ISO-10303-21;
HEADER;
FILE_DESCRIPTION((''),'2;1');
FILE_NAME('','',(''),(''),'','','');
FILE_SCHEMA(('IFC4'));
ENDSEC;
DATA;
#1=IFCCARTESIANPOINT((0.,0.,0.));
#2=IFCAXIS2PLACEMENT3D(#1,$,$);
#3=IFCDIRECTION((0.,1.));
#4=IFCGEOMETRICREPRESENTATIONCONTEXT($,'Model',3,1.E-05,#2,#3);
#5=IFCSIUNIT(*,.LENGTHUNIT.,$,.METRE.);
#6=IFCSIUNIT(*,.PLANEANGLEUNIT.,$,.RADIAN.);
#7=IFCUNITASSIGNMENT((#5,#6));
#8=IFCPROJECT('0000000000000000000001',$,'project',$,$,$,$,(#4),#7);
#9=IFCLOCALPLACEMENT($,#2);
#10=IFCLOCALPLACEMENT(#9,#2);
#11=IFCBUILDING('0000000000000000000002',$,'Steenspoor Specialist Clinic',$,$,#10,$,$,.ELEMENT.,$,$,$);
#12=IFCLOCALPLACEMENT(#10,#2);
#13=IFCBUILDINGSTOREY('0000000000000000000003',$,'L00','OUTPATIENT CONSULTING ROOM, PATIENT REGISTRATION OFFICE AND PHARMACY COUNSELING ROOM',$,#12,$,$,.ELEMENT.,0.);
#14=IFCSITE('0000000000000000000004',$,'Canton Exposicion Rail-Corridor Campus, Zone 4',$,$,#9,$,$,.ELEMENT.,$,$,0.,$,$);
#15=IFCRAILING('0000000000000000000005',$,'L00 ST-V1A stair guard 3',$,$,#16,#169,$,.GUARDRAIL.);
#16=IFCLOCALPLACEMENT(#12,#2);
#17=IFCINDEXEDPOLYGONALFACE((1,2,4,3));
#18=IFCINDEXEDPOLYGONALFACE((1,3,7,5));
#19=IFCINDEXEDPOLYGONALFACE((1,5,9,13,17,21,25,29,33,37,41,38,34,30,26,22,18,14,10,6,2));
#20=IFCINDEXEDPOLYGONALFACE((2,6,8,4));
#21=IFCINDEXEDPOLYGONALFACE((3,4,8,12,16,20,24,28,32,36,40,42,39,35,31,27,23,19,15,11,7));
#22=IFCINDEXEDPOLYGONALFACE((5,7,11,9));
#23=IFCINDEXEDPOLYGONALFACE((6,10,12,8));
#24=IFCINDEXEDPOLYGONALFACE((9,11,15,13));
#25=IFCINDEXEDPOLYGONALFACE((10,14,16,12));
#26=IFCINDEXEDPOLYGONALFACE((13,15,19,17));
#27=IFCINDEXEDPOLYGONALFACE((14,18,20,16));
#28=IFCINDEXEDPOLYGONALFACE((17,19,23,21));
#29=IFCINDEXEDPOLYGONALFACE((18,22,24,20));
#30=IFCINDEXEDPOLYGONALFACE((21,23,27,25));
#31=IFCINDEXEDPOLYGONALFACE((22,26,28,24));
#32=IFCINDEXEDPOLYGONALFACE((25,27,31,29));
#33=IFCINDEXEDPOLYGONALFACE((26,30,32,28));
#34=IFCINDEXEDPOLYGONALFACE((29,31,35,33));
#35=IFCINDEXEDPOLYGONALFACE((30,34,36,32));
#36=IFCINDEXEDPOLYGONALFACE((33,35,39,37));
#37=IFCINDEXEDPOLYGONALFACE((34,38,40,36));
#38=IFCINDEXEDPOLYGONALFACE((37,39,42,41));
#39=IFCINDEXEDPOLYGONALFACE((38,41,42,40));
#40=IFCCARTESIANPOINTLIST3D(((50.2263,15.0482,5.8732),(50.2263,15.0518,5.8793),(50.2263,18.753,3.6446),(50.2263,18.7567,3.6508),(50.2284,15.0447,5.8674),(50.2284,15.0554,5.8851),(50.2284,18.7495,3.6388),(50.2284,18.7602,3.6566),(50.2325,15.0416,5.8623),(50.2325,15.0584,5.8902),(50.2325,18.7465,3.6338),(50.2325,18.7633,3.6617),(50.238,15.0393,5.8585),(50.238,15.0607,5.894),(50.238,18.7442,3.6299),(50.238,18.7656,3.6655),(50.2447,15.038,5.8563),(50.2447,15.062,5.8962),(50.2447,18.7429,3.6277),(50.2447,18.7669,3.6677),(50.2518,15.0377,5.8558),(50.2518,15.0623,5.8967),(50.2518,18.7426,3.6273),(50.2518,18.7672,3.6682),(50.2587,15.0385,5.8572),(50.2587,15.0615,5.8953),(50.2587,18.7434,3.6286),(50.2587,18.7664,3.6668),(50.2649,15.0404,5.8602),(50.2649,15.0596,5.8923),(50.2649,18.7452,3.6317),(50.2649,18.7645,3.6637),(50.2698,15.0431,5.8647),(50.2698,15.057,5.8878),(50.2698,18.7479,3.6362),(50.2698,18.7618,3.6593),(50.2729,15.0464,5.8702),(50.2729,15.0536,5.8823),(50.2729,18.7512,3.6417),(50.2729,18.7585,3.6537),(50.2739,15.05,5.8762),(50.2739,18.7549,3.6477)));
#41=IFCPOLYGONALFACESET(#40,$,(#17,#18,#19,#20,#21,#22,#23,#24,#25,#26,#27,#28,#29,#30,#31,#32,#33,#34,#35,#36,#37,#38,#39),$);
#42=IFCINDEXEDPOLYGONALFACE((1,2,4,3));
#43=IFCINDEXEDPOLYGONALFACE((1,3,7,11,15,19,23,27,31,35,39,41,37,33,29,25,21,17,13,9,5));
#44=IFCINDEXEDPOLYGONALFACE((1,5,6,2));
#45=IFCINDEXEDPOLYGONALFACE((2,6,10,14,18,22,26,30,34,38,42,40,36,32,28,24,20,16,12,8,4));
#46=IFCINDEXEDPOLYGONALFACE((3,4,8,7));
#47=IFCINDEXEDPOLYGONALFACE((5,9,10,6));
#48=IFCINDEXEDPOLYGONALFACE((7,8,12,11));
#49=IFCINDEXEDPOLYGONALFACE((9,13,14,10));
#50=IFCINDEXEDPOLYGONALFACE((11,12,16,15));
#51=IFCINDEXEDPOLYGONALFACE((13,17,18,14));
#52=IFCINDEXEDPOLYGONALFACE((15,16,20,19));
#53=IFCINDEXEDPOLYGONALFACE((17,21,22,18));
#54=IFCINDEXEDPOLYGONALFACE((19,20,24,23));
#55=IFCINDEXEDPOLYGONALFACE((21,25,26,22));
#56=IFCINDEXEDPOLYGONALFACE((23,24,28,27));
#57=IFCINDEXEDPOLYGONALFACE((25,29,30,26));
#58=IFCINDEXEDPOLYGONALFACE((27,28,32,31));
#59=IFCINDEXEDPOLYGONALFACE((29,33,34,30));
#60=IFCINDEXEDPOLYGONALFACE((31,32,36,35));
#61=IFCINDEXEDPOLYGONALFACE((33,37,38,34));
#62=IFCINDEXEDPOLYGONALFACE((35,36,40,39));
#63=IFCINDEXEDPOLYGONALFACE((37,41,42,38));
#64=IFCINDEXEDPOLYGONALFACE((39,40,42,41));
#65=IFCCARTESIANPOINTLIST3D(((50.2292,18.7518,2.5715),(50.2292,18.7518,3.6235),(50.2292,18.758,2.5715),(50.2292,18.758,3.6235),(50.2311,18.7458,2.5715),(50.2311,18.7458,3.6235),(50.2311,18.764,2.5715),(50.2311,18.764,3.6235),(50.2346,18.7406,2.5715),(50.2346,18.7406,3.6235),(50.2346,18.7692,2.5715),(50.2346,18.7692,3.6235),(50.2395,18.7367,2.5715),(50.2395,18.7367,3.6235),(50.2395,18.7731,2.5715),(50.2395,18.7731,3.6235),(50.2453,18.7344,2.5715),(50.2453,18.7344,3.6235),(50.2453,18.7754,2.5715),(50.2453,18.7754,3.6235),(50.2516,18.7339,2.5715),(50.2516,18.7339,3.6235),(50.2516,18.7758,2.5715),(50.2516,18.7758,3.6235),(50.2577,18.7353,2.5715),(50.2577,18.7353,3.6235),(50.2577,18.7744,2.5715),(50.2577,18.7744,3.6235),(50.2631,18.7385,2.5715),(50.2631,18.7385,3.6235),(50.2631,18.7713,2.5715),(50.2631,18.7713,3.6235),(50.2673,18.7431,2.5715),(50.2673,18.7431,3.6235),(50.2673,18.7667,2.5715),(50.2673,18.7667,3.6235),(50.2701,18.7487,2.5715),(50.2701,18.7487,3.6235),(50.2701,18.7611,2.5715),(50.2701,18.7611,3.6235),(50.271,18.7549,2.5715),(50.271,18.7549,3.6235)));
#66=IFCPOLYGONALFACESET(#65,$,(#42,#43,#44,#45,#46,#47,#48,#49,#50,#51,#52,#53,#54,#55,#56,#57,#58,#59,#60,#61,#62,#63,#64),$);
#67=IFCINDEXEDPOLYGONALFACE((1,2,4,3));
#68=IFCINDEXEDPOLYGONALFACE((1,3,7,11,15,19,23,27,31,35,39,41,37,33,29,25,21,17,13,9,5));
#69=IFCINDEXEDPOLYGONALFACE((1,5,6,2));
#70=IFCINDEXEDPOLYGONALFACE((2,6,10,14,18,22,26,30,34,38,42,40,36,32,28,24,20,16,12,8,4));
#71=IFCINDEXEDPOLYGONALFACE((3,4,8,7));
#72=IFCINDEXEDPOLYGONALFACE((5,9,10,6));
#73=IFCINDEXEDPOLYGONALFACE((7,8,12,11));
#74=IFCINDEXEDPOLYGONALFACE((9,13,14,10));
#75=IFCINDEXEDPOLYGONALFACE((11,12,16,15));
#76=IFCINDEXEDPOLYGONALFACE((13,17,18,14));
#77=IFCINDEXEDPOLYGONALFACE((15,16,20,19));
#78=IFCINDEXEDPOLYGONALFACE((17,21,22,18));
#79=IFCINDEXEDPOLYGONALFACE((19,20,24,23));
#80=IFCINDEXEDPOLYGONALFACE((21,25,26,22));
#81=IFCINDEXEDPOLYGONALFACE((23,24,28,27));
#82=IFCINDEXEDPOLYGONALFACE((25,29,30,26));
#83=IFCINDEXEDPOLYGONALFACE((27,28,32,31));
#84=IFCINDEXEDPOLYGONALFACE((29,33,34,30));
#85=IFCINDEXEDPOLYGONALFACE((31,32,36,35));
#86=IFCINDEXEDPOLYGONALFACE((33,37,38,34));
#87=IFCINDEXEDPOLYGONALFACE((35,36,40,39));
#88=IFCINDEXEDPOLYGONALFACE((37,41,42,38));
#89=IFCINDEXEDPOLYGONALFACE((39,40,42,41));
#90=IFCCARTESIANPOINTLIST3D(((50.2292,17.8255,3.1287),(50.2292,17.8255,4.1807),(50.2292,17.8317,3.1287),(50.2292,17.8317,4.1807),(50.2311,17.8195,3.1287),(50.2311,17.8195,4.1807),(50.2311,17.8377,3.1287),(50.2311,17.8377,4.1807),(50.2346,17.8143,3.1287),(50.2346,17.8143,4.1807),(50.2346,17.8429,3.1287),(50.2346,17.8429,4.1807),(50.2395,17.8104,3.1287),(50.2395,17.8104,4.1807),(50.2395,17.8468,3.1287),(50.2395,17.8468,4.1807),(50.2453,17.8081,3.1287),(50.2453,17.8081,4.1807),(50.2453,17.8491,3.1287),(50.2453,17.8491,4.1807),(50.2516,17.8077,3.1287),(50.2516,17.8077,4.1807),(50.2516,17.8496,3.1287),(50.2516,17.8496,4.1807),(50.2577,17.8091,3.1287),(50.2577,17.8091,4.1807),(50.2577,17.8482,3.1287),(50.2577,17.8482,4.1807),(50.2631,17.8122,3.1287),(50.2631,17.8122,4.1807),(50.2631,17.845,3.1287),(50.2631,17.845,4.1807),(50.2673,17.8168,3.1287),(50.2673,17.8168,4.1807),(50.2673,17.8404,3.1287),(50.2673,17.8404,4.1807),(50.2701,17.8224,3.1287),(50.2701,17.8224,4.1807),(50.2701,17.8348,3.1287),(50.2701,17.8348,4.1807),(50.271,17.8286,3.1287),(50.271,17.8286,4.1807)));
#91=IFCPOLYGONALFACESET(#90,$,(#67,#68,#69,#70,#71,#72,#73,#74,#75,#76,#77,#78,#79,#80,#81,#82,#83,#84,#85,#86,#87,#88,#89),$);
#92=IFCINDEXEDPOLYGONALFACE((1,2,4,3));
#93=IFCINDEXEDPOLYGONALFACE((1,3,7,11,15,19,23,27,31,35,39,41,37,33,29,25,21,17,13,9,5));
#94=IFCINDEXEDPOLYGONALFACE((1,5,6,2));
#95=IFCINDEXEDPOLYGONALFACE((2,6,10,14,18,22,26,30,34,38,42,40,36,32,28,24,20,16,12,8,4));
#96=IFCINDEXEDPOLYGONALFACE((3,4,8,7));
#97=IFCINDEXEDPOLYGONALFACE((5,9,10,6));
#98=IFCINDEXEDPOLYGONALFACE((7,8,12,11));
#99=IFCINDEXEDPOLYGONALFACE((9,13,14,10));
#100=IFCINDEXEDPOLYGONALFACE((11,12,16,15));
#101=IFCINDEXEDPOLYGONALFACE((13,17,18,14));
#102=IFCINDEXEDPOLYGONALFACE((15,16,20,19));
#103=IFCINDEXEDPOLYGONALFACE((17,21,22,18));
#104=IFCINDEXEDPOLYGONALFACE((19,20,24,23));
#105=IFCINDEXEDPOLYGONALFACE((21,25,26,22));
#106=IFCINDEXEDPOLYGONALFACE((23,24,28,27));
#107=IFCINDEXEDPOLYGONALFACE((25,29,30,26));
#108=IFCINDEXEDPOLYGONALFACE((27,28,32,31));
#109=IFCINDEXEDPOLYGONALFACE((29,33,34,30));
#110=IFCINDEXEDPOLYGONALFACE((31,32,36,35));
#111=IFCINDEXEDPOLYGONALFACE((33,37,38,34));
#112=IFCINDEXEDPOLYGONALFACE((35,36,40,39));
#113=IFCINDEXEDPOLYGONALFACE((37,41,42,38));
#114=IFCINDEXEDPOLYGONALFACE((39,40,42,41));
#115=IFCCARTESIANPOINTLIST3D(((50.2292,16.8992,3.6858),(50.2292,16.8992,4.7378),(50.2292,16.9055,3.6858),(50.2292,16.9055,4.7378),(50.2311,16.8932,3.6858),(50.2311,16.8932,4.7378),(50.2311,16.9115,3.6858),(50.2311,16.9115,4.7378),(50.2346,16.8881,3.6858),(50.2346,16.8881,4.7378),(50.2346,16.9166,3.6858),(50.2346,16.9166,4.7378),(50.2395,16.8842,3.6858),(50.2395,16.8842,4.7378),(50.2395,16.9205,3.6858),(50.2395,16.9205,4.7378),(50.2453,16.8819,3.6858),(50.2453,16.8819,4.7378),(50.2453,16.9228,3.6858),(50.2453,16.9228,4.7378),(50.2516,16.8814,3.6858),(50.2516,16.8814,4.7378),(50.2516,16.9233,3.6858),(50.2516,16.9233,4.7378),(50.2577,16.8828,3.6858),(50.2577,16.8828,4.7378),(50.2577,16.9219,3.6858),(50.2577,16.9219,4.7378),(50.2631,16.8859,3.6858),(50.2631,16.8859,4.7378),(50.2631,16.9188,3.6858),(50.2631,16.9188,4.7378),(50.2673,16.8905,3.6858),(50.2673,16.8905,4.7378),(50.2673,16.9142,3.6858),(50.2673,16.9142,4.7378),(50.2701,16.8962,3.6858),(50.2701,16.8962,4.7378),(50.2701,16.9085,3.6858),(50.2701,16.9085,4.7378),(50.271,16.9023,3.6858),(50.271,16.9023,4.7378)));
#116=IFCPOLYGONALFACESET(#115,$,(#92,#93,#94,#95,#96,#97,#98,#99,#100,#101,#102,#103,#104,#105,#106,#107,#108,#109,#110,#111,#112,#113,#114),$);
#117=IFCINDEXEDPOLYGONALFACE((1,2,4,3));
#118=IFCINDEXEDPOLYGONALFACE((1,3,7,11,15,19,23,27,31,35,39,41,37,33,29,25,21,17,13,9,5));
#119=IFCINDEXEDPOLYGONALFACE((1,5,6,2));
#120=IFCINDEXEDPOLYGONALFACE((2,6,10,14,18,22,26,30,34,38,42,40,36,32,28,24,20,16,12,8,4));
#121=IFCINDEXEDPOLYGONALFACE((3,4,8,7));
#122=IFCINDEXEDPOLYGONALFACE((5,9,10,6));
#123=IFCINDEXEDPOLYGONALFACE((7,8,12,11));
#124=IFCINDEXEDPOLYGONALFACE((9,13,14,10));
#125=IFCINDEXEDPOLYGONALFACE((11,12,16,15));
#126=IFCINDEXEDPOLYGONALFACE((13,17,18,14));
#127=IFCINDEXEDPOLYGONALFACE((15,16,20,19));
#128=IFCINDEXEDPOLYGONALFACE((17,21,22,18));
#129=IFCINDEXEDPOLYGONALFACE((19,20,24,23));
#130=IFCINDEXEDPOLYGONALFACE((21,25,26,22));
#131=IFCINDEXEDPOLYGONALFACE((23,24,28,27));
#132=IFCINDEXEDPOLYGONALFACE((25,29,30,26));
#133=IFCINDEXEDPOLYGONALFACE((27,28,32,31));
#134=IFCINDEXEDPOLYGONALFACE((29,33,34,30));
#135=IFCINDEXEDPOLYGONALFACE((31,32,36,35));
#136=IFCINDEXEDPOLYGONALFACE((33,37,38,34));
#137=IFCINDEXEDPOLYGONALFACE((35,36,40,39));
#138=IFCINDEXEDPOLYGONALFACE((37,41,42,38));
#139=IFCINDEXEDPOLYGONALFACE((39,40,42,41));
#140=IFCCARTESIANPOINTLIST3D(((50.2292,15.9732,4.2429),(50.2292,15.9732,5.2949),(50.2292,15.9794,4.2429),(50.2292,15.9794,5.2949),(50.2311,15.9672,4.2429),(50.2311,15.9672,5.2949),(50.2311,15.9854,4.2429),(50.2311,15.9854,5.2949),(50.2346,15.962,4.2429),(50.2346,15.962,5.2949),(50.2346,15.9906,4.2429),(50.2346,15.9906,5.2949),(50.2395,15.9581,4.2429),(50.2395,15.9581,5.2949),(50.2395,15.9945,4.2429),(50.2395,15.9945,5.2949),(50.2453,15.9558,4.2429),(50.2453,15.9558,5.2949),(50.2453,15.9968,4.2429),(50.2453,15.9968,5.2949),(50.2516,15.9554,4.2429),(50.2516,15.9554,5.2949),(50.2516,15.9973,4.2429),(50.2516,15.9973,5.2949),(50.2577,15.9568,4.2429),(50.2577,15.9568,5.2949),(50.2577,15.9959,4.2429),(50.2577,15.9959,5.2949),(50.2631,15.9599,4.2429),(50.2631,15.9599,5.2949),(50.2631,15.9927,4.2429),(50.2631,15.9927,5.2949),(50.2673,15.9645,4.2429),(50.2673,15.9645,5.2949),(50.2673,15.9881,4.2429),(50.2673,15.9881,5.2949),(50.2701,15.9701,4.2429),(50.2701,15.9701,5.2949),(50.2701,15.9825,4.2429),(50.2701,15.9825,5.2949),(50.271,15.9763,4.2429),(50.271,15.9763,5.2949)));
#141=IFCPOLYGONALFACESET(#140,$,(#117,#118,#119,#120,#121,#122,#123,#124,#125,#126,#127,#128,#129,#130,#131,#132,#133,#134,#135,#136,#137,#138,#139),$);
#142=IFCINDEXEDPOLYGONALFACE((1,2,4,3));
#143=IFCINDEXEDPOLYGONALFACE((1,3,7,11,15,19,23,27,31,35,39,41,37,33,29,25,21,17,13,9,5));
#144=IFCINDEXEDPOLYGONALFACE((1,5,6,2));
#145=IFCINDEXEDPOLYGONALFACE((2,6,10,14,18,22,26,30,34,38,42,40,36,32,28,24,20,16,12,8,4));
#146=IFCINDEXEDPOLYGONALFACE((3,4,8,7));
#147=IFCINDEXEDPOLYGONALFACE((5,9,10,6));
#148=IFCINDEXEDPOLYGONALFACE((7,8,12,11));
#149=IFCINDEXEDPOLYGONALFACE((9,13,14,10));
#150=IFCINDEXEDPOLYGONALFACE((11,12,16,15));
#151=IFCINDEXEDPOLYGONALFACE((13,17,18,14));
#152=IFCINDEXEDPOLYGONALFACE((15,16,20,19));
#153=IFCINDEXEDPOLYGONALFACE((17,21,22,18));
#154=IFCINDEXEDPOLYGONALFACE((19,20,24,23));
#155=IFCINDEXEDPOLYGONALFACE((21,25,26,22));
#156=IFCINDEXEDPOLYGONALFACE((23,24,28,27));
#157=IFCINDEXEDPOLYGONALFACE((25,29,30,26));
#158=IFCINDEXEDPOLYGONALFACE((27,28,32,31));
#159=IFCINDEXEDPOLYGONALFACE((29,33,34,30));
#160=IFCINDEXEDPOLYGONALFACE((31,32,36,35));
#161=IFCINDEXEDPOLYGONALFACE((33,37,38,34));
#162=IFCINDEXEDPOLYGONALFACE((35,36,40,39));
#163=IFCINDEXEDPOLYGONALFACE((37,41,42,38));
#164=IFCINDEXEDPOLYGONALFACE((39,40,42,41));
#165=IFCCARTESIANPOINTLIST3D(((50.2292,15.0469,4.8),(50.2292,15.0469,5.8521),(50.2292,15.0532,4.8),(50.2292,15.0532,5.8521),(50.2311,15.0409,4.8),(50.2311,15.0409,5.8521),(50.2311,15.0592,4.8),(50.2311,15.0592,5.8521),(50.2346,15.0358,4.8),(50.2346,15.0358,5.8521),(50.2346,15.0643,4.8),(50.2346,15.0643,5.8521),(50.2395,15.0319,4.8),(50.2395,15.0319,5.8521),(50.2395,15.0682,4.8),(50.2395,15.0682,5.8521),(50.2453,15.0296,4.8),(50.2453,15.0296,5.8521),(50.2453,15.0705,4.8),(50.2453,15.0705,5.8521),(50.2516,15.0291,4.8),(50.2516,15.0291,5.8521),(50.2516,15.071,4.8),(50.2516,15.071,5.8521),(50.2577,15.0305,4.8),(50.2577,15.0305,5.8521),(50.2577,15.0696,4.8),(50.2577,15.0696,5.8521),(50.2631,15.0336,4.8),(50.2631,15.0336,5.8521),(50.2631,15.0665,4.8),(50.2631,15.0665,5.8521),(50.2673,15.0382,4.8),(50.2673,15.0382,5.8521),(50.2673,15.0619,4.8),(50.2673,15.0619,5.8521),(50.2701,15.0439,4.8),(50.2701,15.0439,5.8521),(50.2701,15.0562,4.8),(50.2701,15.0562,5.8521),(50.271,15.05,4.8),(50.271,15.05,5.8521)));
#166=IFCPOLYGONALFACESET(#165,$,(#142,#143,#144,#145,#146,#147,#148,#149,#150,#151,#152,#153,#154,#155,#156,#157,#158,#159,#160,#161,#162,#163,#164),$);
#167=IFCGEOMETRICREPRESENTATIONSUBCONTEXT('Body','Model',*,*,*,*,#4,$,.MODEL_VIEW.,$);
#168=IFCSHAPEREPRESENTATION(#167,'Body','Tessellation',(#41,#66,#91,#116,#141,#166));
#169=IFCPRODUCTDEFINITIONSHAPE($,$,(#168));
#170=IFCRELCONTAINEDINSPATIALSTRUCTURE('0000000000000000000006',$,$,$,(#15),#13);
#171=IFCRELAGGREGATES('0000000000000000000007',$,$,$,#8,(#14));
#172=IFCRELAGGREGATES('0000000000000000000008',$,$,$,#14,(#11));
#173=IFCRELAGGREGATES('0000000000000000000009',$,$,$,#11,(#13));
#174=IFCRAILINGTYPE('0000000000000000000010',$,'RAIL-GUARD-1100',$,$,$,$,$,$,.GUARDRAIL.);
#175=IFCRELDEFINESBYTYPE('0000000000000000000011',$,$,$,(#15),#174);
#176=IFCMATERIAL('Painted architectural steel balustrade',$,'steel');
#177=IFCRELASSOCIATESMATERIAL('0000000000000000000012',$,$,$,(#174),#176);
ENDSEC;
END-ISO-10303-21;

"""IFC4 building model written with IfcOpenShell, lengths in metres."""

from ifc_helpers import new_model, si_unit, direction, frame, origin, origin_2d, place, context, subcontext, project, spatial, circle, extrude, material, type_object, element, save


model = new_model("IFC4")

# Units and contexts
model_context = context("Model", 3, precision=1e-05, world=origin(), true_north=direction((0.0, 1.0)))
body_context = subcontext(model_context, "Body", "Model", "MODEL_VIEW")
ifc_project = project(units=[si_unit("LENGTHUNIT", "METRE"), si_unit("PLANEANGLEUNIT", "RADIAN")], contexts=[model_context])

# Site, building, storey
site_placement = place(None, origin())
site = spatial("IfcSite", under=ifc_project, at=site_placement, Name="Canton Exposicion Rail-Corridor Campus, Zone 4", CompositionType="ELEMENT", RefElevation=0.0)
building_placement = place(site_placement, origin())
building = spatial("IfcBuilding", under=site, at=building_placement, Name="Steenspoor Specialist Clinic", CompositionType="ELEMENT")
storey_placement = place(building_placement, origin())
storey = spatial("IfcBuildingStorey", under=building, at=storey_placement, Name="L00", Description="OUTPATIENT CONSULTING ROOM, PATIENT REGISTRATION OFFICE AND PHARMACY COUNSELING ROOM", CompositionType="ELEMENT", Elevation=0.0)

# Railing
ifc_material_1 = material(Name="Painted architectural steel balustrade", Category="steel")
railing_type_1 = type_object("IfcRailingType", Name="RAIL-GUARD-1100", PredefinedType="GUARDRAIL", material=ifc_material_1)
railing_1_placement = place(storey_placement, frame((50.25, 18.7549, 2.5715)))
element("IfcRailing", 1, at=railing_1_placement, inside=storey, type_object=railing_type_1, Name="L00 ST-V1A stair guard 3", PredefinedType="GUARDRAIL", context=body_context, shape_type="SweptSolid", body=[
    extrude(circle(Radius=0.0239, at=origin_2d()), frame((0.0, 0.0, 1.0762), z_axis=(0.0, -0.856919, 0.51545), x_axis=(1.0, 0.0, 0.0)), (0.0, 0.0, 1.0), 4.3235),
    extrude(circle(Radius=0.021, at=origin_2d()), origin(), (0.0, 0.0, 1.0), 1.052),
    extrude(circle(Radius=0.021, at=origin_2d()), frame((0.0, -0.9263, 0.5571)), (0.0, 0.0, 1.0), 1.052),
    extrude(circle(Radius=0.021, at=origin_2d()), frame((0.0, -1.8525, 1.1143)), (0.0, 0.0, 1.0), 1.052),
    extrude(circle(Radius=0.021, at=origin_2d()), frame((0.0, -2.7786, 1.6714)), (0.0, 0.0, 1.0), 1.052),
    extrude(circle(Radius=0.021, at=origin_2d()), frame((0.0, -3.7048, 2.2285)), (0.0, 0.0, 1.0), 1.052),
])

save(model, "model.ifc")
